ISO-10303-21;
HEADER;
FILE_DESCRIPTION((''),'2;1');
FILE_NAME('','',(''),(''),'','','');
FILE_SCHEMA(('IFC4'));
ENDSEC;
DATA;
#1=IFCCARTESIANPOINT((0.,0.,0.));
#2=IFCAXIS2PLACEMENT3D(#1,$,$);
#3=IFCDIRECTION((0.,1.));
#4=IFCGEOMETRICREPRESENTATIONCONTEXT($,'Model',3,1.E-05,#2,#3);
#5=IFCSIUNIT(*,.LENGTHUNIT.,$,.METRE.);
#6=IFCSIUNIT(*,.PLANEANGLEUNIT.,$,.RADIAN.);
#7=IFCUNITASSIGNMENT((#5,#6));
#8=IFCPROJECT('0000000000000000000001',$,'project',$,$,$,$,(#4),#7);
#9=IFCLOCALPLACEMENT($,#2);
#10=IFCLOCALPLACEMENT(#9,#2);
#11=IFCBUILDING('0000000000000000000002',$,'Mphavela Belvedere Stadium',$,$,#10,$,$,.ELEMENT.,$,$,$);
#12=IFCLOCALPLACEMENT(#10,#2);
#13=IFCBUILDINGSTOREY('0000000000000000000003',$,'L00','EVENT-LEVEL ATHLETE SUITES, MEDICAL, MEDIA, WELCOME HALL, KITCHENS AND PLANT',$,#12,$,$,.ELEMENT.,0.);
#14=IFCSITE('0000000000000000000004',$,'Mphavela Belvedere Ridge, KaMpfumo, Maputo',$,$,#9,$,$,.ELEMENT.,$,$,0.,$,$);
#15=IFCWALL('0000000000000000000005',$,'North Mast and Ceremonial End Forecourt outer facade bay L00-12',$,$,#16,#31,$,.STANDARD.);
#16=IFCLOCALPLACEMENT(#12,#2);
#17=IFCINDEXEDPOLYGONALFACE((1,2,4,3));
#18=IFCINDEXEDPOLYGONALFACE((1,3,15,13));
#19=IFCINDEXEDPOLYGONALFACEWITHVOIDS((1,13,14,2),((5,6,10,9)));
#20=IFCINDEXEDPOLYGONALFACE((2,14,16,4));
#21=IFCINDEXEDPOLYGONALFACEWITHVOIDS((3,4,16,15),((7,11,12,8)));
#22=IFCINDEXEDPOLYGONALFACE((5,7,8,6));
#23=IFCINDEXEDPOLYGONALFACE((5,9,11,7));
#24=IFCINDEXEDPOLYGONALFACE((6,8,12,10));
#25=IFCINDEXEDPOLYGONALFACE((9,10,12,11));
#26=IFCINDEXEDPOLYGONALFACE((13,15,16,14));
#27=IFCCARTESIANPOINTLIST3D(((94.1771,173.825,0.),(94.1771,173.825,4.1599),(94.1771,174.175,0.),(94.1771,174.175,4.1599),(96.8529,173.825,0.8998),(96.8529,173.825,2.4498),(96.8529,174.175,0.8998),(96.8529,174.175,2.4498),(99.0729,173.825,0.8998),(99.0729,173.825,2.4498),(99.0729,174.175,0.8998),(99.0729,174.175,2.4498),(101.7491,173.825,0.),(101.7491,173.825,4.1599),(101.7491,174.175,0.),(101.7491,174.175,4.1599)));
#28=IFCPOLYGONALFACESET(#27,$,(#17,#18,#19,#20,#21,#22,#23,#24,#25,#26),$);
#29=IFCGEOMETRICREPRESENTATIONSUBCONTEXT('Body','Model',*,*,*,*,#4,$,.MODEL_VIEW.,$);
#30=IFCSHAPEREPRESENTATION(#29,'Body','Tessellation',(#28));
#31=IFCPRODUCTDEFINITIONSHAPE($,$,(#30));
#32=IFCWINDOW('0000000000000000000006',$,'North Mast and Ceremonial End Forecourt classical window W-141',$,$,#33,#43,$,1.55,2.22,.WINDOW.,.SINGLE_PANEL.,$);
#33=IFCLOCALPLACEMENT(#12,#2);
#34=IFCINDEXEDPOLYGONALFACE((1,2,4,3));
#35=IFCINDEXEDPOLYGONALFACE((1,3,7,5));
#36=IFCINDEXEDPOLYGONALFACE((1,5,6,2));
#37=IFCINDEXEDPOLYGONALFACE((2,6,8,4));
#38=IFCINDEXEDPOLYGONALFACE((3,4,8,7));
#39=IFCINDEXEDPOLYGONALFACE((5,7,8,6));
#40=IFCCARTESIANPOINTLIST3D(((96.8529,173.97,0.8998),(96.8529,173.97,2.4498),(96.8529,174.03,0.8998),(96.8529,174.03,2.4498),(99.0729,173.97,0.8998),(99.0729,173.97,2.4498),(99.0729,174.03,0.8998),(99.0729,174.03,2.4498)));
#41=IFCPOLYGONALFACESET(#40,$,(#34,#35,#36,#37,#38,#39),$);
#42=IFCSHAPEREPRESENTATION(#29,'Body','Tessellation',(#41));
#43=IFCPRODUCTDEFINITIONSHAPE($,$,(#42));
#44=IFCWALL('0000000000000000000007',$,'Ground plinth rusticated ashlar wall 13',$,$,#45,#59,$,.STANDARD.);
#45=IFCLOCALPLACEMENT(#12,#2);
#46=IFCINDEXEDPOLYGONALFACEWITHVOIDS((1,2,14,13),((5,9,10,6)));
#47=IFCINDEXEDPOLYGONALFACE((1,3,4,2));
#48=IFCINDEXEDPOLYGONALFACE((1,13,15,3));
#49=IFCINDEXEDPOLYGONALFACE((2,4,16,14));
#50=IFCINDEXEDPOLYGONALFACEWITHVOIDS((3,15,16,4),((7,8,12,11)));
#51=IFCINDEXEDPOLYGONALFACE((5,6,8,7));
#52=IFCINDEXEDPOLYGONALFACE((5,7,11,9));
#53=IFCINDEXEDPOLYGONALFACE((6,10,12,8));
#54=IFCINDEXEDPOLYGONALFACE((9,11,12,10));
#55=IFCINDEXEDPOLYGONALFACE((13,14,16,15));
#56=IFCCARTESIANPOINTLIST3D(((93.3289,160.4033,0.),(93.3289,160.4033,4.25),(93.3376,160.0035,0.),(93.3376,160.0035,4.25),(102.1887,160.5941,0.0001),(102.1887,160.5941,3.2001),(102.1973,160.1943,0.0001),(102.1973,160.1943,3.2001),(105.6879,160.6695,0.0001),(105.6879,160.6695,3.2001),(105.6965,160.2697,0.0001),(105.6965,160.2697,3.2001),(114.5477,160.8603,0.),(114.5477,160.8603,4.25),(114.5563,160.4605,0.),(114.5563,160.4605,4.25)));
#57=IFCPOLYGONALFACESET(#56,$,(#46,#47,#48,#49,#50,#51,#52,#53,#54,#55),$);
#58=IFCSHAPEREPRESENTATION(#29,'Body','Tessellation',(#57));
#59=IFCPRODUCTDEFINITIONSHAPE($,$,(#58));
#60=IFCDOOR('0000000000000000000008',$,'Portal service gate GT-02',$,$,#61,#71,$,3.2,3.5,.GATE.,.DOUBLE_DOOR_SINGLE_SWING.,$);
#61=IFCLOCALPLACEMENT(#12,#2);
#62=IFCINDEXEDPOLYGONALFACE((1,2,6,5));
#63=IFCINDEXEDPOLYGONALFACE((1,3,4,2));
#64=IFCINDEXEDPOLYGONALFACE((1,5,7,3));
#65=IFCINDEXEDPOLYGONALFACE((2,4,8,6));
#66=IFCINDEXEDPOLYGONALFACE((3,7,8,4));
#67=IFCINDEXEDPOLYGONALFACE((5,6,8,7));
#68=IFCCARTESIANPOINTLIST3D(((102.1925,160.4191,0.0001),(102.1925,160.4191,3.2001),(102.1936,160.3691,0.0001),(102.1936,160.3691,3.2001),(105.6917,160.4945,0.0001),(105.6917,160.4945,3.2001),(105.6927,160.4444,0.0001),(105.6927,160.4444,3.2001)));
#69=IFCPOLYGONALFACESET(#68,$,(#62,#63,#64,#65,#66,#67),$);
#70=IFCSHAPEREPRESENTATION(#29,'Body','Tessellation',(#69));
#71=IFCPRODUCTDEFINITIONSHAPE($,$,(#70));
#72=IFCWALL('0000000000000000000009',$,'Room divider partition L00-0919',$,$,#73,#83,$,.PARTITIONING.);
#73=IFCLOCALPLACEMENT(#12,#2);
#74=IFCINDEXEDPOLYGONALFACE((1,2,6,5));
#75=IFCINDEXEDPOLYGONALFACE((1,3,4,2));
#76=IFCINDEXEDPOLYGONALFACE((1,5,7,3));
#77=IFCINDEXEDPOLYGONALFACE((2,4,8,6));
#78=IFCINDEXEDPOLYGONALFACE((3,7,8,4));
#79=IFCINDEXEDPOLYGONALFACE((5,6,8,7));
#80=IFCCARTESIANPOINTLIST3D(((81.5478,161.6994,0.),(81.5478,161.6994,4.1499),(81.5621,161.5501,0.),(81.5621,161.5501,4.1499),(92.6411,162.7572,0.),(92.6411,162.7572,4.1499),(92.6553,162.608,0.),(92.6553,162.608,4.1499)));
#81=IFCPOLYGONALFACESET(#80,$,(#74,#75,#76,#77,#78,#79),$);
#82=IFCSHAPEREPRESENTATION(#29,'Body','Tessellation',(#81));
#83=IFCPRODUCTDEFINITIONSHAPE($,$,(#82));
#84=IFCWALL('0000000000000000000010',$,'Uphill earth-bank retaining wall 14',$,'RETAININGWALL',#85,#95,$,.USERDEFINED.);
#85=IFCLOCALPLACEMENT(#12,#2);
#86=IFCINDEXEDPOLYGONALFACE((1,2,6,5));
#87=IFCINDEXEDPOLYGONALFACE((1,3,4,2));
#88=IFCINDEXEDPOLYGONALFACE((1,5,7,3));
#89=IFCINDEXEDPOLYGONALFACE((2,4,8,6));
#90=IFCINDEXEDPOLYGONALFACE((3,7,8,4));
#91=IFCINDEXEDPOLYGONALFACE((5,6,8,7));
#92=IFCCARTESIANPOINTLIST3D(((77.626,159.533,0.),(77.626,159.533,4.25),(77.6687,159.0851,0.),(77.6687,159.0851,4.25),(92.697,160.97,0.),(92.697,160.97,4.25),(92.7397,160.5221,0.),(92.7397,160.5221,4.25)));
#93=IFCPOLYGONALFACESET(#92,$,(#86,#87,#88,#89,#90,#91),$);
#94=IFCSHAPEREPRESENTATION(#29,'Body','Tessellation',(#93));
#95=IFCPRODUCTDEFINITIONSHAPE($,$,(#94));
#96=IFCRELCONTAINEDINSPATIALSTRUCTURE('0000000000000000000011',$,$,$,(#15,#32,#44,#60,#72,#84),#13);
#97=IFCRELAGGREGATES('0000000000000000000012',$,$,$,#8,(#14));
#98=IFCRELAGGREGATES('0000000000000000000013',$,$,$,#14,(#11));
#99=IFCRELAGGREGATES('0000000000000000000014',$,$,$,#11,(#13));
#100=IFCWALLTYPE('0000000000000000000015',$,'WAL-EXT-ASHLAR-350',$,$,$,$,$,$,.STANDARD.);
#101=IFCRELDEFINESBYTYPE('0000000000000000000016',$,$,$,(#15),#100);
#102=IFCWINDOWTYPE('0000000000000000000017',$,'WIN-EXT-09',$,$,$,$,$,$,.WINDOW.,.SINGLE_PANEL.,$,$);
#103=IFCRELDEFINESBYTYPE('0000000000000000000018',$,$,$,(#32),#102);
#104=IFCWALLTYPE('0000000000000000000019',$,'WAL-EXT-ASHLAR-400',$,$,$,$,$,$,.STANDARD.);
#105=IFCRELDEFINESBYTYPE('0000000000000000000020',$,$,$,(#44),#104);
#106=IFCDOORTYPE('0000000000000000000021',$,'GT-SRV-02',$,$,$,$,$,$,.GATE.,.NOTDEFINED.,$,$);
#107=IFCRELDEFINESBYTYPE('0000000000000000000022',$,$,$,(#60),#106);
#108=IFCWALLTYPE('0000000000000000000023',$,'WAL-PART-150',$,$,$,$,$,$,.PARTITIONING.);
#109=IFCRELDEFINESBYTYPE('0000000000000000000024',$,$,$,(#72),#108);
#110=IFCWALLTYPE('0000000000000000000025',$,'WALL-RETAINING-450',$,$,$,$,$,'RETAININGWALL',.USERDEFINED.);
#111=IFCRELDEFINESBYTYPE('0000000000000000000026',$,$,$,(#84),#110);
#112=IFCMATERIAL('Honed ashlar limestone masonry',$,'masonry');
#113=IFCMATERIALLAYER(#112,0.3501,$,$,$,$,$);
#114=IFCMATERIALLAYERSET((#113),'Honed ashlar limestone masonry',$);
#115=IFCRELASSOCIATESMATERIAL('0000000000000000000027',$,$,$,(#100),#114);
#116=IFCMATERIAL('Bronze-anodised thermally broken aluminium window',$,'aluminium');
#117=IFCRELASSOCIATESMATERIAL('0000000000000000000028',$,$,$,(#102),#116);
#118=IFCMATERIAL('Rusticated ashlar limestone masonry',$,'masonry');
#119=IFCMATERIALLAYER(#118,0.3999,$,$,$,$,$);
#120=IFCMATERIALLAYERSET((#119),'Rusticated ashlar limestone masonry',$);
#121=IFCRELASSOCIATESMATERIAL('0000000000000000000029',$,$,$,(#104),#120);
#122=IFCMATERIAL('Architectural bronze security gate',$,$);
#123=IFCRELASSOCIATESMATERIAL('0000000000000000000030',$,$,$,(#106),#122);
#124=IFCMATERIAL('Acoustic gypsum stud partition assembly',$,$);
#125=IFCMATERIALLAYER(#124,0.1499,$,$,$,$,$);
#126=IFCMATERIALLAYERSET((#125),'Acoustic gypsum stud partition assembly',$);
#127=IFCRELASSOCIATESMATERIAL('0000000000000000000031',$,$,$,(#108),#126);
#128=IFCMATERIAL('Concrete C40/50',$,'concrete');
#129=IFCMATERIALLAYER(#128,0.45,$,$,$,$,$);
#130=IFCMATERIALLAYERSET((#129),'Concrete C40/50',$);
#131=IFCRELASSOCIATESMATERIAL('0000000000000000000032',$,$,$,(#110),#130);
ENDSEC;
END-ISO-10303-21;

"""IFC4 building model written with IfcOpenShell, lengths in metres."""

from ifc_helpers import new_model, si_unit, direction, frame, frame_2d, origin, place, context, subcontext, project, spatial, rectangle, extrude, material, layer, layer_set, type_object, element, fill, save


model = new_model("IFC4")

# Units and contexts
model_context = context("Model", 3, precision=1e-05, world=origin(), true_north=direction((0.0, 1.0)))
body_context = subcontext(model_context, "Body", "Model", "MODEL_VIEW")
ifc_project = project(units=[si_unit("LENGTHUNIT", "METRE"), si_unit("PLANEANGLEUNIT", "RADIAN")], contexts=[model_context])

# Site, building, storey
site_placement = place(None, origin())
site = spatial("IfcSite", under=ifc_project, at=site_placement, Name="Mphavela Belvedere Ridge, KaMpfumo, Maputo", CompositionType="ELEMENT", RefElevation=0.0)
building_placement = place(site_placement, origin())
building = spatial("IfcBuilding", under=site, at=building_placement, Name="Mphavela Belvedere Stadium", CompositionType="ELEMENT")
storey_placement = place(building_placement, origin())
storey = spatial("IfcBuildingStorey", under=building, at=storey_placement, Name="L00", Description="EVENT-LEVEL ATHLETE SUITES, MEDICAL, MEDIA, WELCOME HALL, KITCHENS AND PLANT", CompositionType="ELEMENT", Elevation=0.0)

# Shared definitions
ifc_material_1 = material(Name="Honed ashlar limestone masonry", Category="masonry")
ifc_layer_1 = layer(ifc_material_1, 0.3501)
ifc_layer_set_1 = layer_set([ifc_layer_1], Name="Honed ashlar limestone masonry")
wall_type_1 = type_object("IfcWallType", Name="WAL-EXT-ASHLAR-350", PredefinedType="STANDARD", material=ifc_layer_set_1)

# Wall, opening, window
wall_1_placement = place(storey_placement, frame((94.177, 174.0, 0.0), z_axis=(0.0, 0.0, 1.0), x_axis=(1.0, 0.0, 0.0)))
wall_1 = element("IfcWall", 1, at=wall_1_placement, inside=storey, type_object=wall_type_1, Name="North Mast and Ceremonial End Forecourt outer facade bay L00-12", PredefinedType="STANDARD", context=body_context, shape_type="SweptSolid", body=[
    extrude(rectangle(XDim=7.572, YDim=0.3501, at=frame_2d((3.7861, 0.0))), origin(), (0.0, 0.0, 1.0), 4.1599),
])
opening_1_placement = place(wall_1_placement, frame((2.676, 0.0, 0.8999)))
opening_1 = element("IfcOpeningElement", 2, at=opening_1_placement, cuts=wall_1, PredefinedType="OPENING", context=body_context, shape_type="SweptSolid", body=[
    extrude(rectangle(XDim=2.22, YDim=1.55, at=frame_2d((1.1099, 0.7749))), frame((0.0, 0.1851, 0.0), z_axis=(0.0, -1.0, 0.0), x_axis=(1.0, 0.0, 0.0)), (0.0, 0.0, 1.0), 0.3701),
])
ifc_material_2 = material(Name="Bronze-anodised thermally broken aluminium window", Category="aluminium")
window_type = type_object("IfcWindowType", Name="WIN-EXT-09", PartitioningType="SINGLE_PANEL", PredefinedType="WINDOW", material=ifc_material_2)
window_placement = place(opening_1_placement, origin())
window = element("IfcWindow", 3, at=window_placement, inside=storey, type_object=window_type, Name="North Mast and Ceremonial End Forecourt classical window W-141", OverallHeight=1.55, OverallWidth=2.22, PartitioningType="SINGLE_PANEL", PredefinedType="WINDOW", context=body_context, shape_type="SweptSolid", body=[
    extrude(rectangle(XDim=2.22, YDim=1.55, at=frame_2d((1.1099, 0.7749))), frame((0.0, 0.03, 0.0), z_axis=(0.0, -1.0, 0.0), x_axis=(1.0, 0.0, 0.0)), (0.0, 0.0, 1.0), 0.0601),
])
fill(opening_1, window)

# Wall, opening, door
ifc_material_3 = material(Name="Rusticated ashlar limestone masonry", Category="masonry")
ifc_layer_2 = layer(ifc_material_3, 0.3999)
ifc_layer_set_2 = layer_set([ifc_layer_2], Name="Rusticated ashlar limestone masonry")
wall_type_2 = type_object("IfcWallType", Name="WAL-EXT-ASHLAR-400", PredefinedType="STANDARD", material=ifc_layer_set_2)
wall_2_placement = place(storey_placement, frame((93.3333, 160.2034, 0.0), z_axis=(0.0, 0.0, 1.0), x_axis=(0.999768, 0.021534, 0.0)))
wall_2 = element("IfcWall", 4, at=wall_2_placement, inside=storey, type_object=wall_type_2, Name="Ground plinth rusticated ashlar wall 13", PredefinedType="STANDARD", context=body_context, shape_type="SweptSolid", body=[
    extrude(rectangle(XDim=21.2236, YDim=0.3999, at=frame_2d((10.6118, 0.0))), origin(), (0.0, 0.0, 1.0), 4.25),
])
opening_2_placement = place(wall_2_placement, frame((8.8618, 0.0, 0.0)))
opening_2 = element("IfcOpeningElement", 5, at=opening_2_placement, cuts=wall_2, PredefinedType="OPENING", context=body_context, shape_type="SweptSolid", body=[
    extrude(rectangle(XDim=3.5, YDim=3.2, at=frame_2d((1.75, 1.6001))), frame((0.0, 0.21, 0.0), z_axis=(0.0, -1.0, 0.0), x_axis=(1.0, 0.0, 0.0)), (0.0, 0.0, 1.0), 0.4199),
])
ifc_material_4 = material(Name="Architectural bronze security gate")
door_type_1 = type_object("IfcDoorType", Name="GT-SRV-02", OperationType="NOTDEFINED", PredefinedType="GATE", material=ifc_material_4)
door_1_placement = place(opening_2_placement, origin())
door_1 = element("IfcDoor", 6, at=door_1_placement, inside=storey, type_object=door_type_1, Name="Portal service gate GT-02", OperationType="DOUBLE_DOOR_SINGLE_SWING", OverallHeight=3.2, OverallWidth=3.5, PredefinedType="GATE", context=body_context, shape_type="SweptSolid", body=[
    extrude(rectangle(XDim=3.5, YDim=3.2, at=frame_2d((1.75, 1.6001))), frame((0.0, 0.0249, 0.0), z_axis=(0.0, -1.0, 0.0), x_axis=(1.0, 0.0, 0.0)), (0.0, 0.0, 1.0), 0.05),
])
fill(opening_2, door_1)

# Walls
ifc_material_5 = material(Name="Acoustic gypsum stud partition assembly")
ifc_layer_3 = layer(ifc_material_5, 0.1499)
ifc_layer_set_3 = layer_set([ifc_layer_3], Name="Acoustic gypsum stud partition assembly")
wall_type_3 = type_object("IfcWallType", Name="WAL-PART-150", PredefinedType="PARTITIONING", material=ifc_layer_set_3)
wall_3_placement = place(storey_placement, frame((92.6482, 162.6826, 0.0), z_axis=(0.0, 0.0, 1.0), x_axis=(-0.995484, -0.09493, 0.0)))
element("IfcWall", 7, at=wall_3_placement, inside=storey, type_object=wall_type_3, Name="Room divider partition L00-0919", PredefinedType="PARTITIONING", context=body_context, shape_type="SweptSolid", body=[
    extrude(rectangle(XDim=11.1436, YDim=0.1499, at=frame_2d((5.5718, 0.0))), origin(), (0.0, 0.0, 1.0), 4.1499),
])
ifc_material_6 = material(Name="Concrete C40/50", Category="concrete")
ifc_layer_4 = layer(ifc_material_6, 0.45)
ifc_layer_set_4 = layer_set([ifc_layer_4], Name="Concrete C40/50")
wall_type_4 = type_object("IfcWallType", Name="WALL-RETAINING-450", ElementType="RETAININGWALL", PredefinedType="USERDEFINED", material=ifc_layer_set_4)
wall_4_placement = place(storey_placement, frame((92.7185, 160.7461, 0.0), z_axis=(0.0, 0.0, 1.0), x_axis=(-0.995485, -0.094919, 0.0)))
element("IfcWall", 8, at=wall_4_placement, inside=storey, type_object=wall_type_4, Name="Uphill earth-bank retaining wall 14", ObjectType="RETAININGWALL", PredefinedType="USERDEFINED", context=body_context, shape_type="SweptSolid", body=[
    extrude(rectangle(XDim=15.1394, YDim=0.45, at=frame_2d((7.5698, 0.0))), origin(), (0.0, 0.0, 1.0), 4.25),
])

save(model, "model.ifc")
